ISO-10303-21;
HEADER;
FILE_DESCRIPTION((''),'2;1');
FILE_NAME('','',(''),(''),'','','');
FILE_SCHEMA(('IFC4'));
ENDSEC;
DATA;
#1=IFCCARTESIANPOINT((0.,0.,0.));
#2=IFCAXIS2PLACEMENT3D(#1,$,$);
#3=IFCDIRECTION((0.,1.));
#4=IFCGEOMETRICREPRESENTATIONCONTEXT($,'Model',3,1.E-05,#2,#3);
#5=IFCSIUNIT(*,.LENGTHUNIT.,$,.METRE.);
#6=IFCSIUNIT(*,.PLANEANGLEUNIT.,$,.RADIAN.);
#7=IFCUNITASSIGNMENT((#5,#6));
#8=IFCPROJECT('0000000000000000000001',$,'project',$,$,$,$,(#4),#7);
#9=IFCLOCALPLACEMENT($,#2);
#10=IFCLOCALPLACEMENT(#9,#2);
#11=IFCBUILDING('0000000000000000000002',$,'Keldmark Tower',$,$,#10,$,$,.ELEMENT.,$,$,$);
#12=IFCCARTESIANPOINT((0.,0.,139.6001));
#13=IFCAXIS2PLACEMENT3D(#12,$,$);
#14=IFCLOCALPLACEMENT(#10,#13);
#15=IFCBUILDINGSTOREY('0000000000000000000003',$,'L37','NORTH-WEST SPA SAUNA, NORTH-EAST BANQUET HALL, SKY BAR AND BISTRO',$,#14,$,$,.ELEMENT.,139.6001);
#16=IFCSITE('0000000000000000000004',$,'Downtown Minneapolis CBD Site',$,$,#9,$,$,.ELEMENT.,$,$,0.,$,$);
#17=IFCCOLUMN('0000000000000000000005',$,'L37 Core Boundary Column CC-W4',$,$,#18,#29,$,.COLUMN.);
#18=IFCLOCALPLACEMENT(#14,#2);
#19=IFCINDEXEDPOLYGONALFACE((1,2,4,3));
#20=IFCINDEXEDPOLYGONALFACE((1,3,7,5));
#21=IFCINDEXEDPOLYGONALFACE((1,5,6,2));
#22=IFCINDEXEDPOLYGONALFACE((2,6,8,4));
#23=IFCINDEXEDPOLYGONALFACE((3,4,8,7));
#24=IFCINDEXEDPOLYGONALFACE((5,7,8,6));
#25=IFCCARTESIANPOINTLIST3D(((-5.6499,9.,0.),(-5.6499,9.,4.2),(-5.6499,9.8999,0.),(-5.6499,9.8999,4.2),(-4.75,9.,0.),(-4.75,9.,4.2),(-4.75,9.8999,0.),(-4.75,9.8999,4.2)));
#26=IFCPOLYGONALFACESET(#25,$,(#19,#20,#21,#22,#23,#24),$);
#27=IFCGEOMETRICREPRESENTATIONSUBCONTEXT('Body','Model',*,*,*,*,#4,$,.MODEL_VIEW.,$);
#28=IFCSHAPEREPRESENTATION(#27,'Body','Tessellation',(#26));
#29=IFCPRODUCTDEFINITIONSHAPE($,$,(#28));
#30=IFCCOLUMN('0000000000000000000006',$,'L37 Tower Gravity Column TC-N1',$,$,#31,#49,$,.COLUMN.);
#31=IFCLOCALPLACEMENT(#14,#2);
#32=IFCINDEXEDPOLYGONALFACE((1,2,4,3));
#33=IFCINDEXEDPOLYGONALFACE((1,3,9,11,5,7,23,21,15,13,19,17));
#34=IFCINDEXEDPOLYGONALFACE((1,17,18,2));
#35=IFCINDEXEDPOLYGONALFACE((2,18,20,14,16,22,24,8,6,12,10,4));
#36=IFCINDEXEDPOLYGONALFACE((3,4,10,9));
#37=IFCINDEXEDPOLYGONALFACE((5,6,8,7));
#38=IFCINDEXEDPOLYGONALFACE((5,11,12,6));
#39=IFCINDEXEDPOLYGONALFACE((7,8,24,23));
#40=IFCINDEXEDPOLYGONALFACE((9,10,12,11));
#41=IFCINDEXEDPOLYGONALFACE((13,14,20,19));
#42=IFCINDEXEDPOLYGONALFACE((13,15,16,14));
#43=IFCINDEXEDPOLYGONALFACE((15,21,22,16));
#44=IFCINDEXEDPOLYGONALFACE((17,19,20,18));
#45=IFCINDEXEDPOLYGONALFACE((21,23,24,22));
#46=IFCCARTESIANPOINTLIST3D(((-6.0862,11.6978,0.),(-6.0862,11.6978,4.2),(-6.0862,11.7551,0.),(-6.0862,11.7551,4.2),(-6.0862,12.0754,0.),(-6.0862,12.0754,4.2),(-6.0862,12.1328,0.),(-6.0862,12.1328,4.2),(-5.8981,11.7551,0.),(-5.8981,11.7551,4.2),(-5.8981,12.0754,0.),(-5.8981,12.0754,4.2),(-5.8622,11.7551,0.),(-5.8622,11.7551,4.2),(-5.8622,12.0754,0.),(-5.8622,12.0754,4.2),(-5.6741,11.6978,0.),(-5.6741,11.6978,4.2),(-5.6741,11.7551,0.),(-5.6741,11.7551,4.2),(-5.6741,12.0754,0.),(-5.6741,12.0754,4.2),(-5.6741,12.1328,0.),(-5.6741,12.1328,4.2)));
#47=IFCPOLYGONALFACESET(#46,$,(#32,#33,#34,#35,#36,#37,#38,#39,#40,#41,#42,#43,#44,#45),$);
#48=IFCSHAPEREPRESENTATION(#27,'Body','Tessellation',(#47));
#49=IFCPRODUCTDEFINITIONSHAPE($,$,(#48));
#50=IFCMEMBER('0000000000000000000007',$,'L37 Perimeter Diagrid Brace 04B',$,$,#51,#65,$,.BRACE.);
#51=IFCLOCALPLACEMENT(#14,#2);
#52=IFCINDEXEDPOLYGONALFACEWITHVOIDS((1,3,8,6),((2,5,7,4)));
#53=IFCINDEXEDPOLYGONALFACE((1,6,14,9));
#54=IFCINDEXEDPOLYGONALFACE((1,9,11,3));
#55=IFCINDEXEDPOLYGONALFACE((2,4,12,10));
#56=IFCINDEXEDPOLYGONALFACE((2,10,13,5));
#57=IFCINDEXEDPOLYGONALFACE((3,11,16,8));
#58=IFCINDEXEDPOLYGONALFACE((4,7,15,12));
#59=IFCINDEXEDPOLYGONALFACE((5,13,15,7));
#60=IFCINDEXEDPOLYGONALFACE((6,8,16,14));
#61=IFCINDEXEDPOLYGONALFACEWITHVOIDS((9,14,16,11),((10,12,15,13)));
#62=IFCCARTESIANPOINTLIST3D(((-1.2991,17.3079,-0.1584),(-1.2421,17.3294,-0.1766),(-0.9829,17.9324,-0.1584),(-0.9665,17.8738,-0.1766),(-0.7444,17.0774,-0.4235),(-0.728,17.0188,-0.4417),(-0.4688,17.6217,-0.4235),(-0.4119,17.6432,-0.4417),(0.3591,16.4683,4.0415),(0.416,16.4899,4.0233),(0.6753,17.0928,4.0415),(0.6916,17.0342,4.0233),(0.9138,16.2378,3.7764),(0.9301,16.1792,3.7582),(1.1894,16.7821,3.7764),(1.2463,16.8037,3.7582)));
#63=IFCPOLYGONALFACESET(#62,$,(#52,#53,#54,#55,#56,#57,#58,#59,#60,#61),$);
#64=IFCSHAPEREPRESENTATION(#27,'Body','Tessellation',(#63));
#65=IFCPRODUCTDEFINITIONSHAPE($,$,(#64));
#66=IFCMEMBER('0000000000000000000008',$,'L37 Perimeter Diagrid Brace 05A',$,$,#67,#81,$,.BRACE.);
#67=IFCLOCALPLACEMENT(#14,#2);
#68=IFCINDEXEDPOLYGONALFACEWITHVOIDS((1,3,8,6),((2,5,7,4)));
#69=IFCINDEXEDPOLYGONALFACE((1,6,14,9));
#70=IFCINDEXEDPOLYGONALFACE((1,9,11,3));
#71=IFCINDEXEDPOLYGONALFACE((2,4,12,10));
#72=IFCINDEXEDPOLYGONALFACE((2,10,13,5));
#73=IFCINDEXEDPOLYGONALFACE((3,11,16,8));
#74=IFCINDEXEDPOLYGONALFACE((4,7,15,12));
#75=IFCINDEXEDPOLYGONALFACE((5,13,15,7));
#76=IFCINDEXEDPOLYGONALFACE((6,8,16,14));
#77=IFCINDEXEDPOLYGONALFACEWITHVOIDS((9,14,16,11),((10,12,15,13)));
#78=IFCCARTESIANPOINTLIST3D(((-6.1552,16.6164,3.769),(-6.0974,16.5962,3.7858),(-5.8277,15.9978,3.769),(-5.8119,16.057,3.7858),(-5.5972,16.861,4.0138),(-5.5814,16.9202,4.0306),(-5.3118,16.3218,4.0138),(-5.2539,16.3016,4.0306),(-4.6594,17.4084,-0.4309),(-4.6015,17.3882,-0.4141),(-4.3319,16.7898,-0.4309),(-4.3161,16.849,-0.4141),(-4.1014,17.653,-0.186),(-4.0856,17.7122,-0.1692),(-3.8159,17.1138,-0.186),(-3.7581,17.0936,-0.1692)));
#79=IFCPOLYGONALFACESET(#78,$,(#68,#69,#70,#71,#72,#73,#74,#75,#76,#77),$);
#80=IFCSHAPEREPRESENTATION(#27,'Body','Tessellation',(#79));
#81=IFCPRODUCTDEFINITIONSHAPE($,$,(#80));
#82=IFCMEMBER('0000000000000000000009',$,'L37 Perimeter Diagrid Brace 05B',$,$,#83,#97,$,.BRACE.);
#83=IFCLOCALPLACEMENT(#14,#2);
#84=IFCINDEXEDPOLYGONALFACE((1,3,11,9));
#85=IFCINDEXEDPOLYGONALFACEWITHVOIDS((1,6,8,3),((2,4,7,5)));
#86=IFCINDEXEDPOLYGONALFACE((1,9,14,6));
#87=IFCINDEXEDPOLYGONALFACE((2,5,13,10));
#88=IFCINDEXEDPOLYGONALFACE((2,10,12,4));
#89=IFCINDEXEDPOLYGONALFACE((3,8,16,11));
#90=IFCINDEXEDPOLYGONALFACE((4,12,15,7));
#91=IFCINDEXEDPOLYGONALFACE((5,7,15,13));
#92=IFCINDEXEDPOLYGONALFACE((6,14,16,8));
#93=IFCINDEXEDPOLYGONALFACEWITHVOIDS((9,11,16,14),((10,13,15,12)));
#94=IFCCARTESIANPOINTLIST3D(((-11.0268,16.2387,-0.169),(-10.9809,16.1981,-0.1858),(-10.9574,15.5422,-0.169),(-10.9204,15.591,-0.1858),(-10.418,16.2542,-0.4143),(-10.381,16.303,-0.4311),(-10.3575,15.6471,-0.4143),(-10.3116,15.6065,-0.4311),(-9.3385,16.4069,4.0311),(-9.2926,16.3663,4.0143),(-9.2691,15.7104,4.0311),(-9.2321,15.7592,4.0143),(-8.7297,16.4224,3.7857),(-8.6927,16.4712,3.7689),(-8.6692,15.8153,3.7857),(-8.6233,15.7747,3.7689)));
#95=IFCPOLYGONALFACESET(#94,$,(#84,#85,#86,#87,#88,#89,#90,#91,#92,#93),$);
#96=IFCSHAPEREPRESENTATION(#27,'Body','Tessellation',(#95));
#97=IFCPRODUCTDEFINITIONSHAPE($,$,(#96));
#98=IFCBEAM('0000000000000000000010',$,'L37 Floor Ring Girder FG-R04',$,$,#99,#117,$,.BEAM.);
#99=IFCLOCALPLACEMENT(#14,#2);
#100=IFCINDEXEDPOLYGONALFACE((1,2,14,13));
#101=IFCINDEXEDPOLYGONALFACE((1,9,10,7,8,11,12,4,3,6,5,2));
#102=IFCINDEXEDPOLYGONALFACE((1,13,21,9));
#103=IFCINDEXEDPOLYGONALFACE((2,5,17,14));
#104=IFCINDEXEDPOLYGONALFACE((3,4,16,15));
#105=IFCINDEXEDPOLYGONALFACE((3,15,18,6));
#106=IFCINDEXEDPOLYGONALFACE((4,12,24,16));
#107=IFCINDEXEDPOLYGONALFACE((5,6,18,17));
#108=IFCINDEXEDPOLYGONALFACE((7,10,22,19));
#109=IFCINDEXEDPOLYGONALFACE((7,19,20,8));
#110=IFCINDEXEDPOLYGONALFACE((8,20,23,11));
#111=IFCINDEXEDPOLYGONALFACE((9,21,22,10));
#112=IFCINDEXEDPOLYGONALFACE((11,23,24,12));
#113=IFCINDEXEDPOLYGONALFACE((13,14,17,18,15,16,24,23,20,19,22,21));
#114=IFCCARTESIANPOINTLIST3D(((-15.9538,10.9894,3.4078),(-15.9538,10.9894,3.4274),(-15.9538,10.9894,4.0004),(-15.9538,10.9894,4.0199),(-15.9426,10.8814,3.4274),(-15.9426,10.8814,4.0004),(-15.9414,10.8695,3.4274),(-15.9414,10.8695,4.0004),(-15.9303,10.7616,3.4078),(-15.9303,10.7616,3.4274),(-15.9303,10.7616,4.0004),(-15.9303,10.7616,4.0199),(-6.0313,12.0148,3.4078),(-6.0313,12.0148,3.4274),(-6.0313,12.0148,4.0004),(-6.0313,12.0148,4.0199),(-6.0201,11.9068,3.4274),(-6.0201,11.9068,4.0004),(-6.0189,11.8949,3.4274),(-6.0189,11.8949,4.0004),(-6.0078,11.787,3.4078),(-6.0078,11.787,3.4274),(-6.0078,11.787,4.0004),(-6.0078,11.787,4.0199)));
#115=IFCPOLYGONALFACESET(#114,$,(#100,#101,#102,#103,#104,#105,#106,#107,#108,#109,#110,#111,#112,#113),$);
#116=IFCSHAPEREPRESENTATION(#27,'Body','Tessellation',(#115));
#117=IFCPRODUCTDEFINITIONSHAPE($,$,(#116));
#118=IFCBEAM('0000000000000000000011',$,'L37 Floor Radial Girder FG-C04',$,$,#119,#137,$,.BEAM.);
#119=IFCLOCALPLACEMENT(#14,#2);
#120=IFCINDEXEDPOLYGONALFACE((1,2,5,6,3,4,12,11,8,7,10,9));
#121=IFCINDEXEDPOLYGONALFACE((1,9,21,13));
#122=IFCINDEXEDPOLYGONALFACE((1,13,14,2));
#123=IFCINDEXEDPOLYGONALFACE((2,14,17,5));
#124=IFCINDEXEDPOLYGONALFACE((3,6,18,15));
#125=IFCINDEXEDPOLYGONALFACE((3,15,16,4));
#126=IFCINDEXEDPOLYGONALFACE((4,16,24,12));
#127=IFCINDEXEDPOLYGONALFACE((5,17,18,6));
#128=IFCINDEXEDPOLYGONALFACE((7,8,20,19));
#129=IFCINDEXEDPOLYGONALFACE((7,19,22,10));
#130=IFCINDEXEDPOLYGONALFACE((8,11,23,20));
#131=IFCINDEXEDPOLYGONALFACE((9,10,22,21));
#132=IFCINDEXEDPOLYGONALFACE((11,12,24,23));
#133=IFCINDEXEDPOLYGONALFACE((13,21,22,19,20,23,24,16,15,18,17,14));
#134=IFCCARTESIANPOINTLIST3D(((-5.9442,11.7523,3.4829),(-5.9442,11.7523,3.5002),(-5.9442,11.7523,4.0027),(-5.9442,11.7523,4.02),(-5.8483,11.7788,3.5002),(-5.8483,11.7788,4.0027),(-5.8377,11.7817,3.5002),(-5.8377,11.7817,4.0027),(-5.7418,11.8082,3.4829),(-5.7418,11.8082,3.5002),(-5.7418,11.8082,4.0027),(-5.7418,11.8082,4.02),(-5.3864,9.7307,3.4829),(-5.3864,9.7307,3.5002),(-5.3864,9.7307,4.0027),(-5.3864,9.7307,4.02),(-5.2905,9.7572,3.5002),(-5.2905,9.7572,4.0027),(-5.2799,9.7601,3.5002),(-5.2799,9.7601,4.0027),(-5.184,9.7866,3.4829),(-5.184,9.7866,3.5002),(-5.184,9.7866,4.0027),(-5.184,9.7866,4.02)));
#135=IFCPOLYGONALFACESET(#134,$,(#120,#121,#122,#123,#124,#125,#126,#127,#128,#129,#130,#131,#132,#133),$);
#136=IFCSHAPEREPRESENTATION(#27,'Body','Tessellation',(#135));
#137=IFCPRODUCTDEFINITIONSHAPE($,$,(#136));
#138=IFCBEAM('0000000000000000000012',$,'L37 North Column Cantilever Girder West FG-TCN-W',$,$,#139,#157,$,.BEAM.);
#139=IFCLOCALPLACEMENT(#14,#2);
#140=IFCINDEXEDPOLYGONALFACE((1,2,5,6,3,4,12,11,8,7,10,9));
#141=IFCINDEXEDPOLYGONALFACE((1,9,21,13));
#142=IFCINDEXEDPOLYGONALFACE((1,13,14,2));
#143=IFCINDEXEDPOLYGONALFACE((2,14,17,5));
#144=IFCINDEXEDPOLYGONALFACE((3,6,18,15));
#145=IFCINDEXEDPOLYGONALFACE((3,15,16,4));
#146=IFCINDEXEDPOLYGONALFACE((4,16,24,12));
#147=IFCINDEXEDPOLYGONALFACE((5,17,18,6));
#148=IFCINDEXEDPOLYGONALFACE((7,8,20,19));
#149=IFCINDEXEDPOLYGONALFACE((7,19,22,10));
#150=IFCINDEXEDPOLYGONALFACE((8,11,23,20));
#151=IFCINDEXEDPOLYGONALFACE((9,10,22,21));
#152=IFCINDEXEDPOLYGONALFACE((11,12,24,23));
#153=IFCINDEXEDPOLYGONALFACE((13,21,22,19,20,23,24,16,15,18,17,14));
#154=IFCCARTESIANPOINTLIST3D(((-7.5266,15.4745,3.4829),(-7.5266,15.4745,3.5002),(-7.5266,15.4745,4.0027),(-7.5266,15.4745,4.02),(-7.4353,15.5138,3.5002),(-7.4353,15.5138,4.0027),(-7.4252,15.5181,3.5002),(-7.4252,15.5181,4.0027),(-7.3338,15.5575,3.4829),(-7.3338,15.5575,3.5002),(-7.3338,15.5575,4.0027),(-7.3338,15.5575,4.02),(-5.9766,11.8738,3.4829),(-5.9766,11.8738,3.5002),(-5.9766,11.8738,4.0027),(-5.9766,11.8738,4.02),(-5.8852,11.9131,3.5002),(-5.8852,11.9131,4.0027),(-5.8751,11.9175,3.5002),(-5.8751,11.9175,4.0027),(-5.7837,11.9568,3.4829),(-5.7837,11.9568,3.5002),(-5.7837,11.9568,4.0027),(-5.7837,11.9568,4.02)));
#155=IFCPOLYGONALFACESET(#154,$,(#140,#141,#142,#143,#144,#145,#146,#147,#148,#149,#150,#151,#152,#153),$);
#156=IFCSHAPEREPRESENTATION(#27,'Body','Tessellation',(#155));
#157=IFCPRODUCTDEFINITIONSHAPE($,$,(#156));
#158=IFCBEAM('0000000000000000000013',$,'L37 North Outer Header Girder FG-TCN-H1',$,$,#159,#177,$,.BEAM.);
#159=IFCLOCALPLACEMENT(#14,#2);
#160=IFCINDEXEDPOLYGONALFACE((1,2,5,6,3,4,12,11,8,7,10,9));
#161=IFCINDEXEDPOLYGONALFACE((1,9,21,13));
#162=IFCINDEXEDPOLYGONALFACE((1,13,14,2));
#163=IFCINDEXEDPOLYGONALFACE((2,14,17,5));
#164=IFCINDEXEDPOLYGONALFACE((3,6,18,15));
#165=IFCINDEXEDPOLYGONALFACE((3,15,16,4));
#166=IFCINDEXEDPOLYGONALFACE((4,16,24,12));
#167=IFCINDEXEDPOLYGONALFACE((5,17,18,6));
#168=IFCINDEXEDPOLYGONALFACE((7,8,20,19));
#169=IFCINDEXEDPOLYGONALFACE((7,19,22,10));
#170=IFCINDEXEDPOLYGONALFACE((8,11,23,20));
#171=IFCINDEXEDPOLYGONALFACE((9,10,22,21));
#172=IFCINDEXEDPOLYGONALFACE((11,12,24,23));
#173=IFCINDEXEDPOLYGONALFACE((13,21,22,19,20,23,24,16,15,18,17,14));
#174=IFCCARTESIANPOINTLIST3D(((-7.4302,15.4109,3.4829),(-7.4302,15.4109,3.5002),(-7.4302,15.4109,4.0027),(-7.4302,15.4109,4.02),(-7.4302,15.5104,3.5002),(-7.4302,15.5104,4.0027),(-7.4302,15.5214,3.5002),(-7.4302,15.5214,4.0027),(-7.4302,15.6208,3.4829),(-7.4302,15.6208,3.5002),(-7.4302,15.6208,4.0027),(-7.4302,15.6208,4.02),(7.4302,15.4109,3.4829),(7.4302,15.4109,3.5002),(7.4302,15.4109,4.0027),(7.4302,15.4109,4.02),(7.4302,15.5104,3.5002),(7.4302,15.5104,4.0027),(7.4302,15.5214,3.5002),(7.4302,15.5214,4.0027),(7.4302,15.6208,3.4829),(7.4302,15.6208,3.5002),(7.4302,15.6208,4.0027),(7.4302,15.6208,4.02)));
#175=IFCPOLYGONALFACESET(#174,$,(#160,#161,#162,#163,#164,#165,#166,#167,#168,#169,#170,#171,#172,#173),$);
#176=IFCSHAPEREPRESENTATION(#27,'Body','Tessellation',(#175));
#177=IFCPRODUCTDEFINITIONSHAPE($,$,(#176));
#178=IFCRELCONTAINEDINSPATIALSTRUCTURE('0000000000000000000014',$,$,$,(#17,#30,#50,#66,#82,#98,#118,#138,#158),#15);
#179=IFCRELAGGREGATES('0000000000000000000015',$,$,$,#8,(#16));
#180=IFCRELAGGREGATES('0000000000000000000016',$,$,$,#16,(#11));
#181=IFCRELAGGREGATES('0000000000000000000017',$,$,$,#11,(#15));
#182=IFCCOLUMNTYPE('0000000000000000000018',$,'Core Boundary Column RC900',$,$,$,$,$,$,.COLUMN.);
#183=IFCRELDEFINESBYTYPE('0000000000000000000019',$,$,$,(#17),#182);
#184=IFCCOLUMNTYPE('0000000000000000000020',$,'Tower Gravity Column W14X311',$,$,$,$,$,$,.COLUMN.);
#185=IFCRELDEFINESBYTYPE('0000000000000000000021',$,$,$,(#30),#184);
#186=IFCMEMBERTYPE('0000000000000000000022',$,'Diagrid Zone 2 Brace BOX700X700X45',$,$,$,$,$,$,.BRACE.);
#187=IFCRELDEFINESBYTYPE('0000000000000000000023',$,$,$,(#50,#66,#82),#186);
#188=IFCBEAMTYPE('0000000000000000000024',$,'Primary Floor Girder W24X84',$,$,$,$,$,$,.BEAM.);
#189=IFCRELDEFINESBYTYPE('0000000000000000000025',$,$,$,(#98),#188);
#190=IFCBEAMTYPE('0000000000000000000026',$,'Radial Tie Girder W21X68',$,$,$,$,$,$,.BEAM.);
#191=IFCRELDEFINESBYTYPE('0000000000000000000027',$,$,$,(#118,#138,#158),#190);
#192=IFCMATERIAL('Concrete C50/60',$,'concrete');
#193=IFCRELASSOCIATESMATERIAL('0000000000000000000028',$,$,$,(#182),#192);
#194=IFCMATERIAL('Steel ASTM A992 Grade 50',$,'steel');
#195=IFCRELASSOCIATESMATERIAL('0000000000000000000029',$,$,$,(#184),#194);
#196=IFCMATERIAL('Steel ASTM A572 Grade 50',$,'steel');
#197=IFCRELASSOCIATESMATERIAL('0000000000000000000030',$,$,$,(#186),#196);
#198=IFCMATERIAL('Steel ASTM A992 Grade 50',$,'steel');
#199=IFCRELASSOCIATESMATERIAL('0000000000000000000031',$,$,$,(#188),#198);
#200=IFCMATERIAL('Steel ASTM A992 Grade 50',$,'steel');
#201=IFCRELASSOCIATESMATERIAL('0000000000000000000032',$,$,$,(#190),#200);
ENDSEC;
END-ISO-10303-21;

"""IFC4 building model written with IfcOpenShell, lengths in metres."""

from ifc_helpers import new_model, si_unit, direction, frame, origin, origin_2d, place, context, subcontext, project, spatial, rectangle, hollow_rectangle, i_section, extrude, material, material_profile, profile_set, type_object, element, save


model = new_model("IFC4")

# Units and contexts
model_context = context("Model", 3, precision=1e-05, world=origin(), true_north=direction((0.0, 1.0)))
body_context = subcontext(model_context, "Body", "Model", "MODEL_VIEW")
ifc_project = project(units=[si_unit("LENGTHUNIT", "METRE"), si_unit("PLANEANGLEUNIT", "RADIAN")], contexts=[model_context])

# Site, building, storey
site_placement = place(None, origin())
site = spatial("IfcSite", under=ifc_project, at=site_placement, Name="Downtown Minneapolis CBD Site", CompositionType="ELEMENT", RefElevation=0.0)
building_placement = place(site_placement, origin())
building = spatial("IfcBuilding", under=site, at=building_placement, Name="Keldmark Tower", CompositionType="ELEMENT")
storey_placement = place(building_placement, frame((0.0, 0.0, 139.6001)))
storey = spatial("IfcBuildingStorey", under=building, at=storey_placement, Name="L37", Description="NORTH-WEST SPA SAUNA, NORTH-EAST BANQUET HALL, SKY BAR AND BISTRO", CompositionType="ELEMENT", Elevation=139.6001)

# Columns
ifc_material_1 = material(Name="Concrete C50/60", Category="concrete")
ifc_material_profile_1 = material_profile(ifc_material_1, rectangle(XDim=0.8999, YDim=0.8999, at=origin_2d()), Name="RC900X900")
ifc_profile_set_1 = profile_set([ifc_material_profile_1], Name="Concrete C50/60")
column_type_1 = type_object("IfcColumnType", Name="Core Boundary Column RC900", PredefinedType="COLUMN", material=ifc_profile_set_1)
column_1_placement = place(storey_placement, frame((-5.2, 9.45, 0.0), z_axis=(0.0, 0.0, 1.0), x_axis=(1.0, 0.0, 0.0)))
element("IfcColumn", 1, at=column_1_placement, inside=storey, type_object=column_type_1, Name="L37 Core Boundary Column CC-W4", PredefinedType="COLUMN", context=body_context, shape_type="SweptSolid", body=[
    extrude(rectangle(XDim=0.8999, YDim=0.8999, at=origin_2d()), origin(), (0.0, 0.0, 1.0), 4.2),
])
ifc_material_2 = material(Name="Steel ASTM A992 Grade 50", Category="steel")
ifc_material_profile_2 = material_profile(ifc_material_2, i_section(OverallWidth=0.4121, OverallDepth=0.4351, WebThickness=0.0359, FlangeThickness=0.0574, at=origin_2d()), Name="W14X311")
ifc_profile_set_2 = profile_set([ifc_material_profile_2], Name="Steel ASTM A992 Grade 50")
column_type_2 = type_object("IfcColumnType", Name="Tower Gravity Column W14X311", PredefinedType="COLUMN", material=ifc_profile_set_2)
column_2_placement = place(storey_placement, frame((-5.8801, 11.9153, 0.0), z_axis=(0.0, 0.0, 1.0), x_axis=(1.0, 0.0, 0.0)))
element("IfcColumn", 2, at=column_2_placement, inside=storey, type_object=column_type_2, Name="L37 Tower Gravity Column TC-N1", PredefinedType="COLUMN", context=body_context, shape_type="SweptSolid", body=[
    extrude(i_section(OverallWidth=0.4121, OverallDepth=0.4351, WebThickness=0.0359, FlangeThickness=0.0574, at=origin_2d()), origin(), (0.0, 0.0, 1.0), 4.2),
])

# Members
ifc_material_3 = material(Name="Steel ASTM A572 Grade 50", Category="steel")
ifc_material_profile_3 = material_profile(ifc_material_3, hollow_rectangle(XDim=0.7, YDim=0.7, WallThickness=0.0449, at=origin_2d()), Name="BOX700X700X45")
ifc_profile_set_3 = profile_set([ifc_material_profile_3], Name="Steel ASTM A572 Grade 50")
member_type = type_object("IfcMemberType", Name="Diagrid Zone 2 Brace BOX700X700X45", PredefinedType="BRACE", material=ifc_profile_set_3)
member_1_placement = place(storey_placement, frame((-0.8555, 17.4756, -0.3), z_axis=(0.361041, -0.182806, 0.914457), x_axis=(0.451726, 0.892156, 0.0)))
element("IfcMember", 3, at=member_1_placement, inside=storey, type_object=member_type, Name="L37 Perimeter Diagrid Brace 04B", PredefinedType="BRACE", context=body_context, shape_type="SweptSolid", body=[
    extrude(hollow_rectangle(XDim=0.7, YDim=0.7, WallThickness=0.0449, at=origin_2d()), origin(), (0.0, 0.0, 1.0), 4.5928),
])
member_2_placement = place(storey_placement, frame((-4.2087, 17.251, -0.3), z_axis=(-0.330342, -0.174903, 0.927514), x_axis=(0.467921, -0.88377, 0.0)))
element("IfcMember", 4, at=member_2_placement, inside=storey, type_object=member_type, Name="L37 Perimeter Diagrid Brace 05A", PredefinedType="BRACE", context=body_context, shape_type="SweptSolid", body=[
    extrude(hollow_rectangle(XDim=0.7, YDim=0.7, WallThickness=0.0449, at=origin_2d()), origin(), (0.0, 0.0, 1.0), 4.5281),
])
member_3_placement = place(storey_placement, frame((-10.6692, 15.9226, -0.3), z_axis=(0.372704, 0.037136, 0.927207), x_axis=(-0.099148, 0.995073, 0.0)))
element("IfcMember", 5, at=member_3_placement, inside=storey, type_object=member_type, Name="L37 Perimeter Diagrid Brace 05B", PredefinedType="BRACE", context=body_context, shape_type="SweptSolid", body=[
    extrude(hollow_rectangle(XDim=0.7, YDim=0.7, WallThickness=0.0449, at=origin_2d()), origin(), (0.0, 0.0, 1.0), 4.5298),
])

# Beams
ifc_material_4 = material(Name="Steel ASTM A992 Grade 50", Category="steel")
ifc_material_profile_4 = material_profile(ifc_material_4, i_section(OverallWidth=0.229, OverallDepth=0.6121, WebThickness=0.012, FlangeThickness=0.0195, at=origin_2d()), Name="W24X84")
ifc_profile_set_4 = profile_set([ifc_material_profile_4], Name="Steel ASTM A992 Grade 50")
beam_type_1 = type_object("IfcBeamType", Name="Primary Floor Girder W24X84", PredefinedType="BEAM", material=ifc_profile_set_4)
beam_1_placement = place(storey_placement, frame((-6.0195, 11.9009, 3.7139), z_axis=(-0.994703, -0.102791, 0.0), x_axis=(0.102791, -0.994703, 0.0)))
element("IfcBeam", 6, at=beam_1_placement, inside=storey, type_object=beam_type_1, Name="L37 Floor Ring Girder FG-R04", PredefinedType="BEAM", context=body_context, shape_type="SweptSolid", body=[
    extrude(i_section(OverallWidth=0.229, OverallDepth=0.6121, WebThickness=0.012, FlangeThickness=0.0195, at=origin_2d()), origin(), (0.0, 0.0, 1.0), 9.9753),
])
ifc_material_5 = material(Name="Steel ASTM A992 Grade 50", Category="steel")
ifc_material_profile_5 = material_profile(ifc_material_5, i_section(OverallWidth=0.21, OverallDepth=0.5371, WebThickness=0.011, FlangeThickness=0.0173, at=origin_2d()), Name="W21X68")
ifc_profile_set_5 = profile_set([ifc_material_profile_5], Name="Steel ASTM A992 Grade 50")
beam_type_2 = type_object("IfcBeamType", Name="Radial Tie Girder W21X68", PredefinedType="BEAM", material=ifc_profile_set_5)
beam_2_placement = place(storey_placement, frame((-5.843, 11.7803, 3.7515), z_axis=(0.265992, -0.963975, 0.0), x_axis=(0.963975, 0.265992, 0.0)))
element("IfcBeam", 7, at=beam_2_placement, inside=storey, type_object=beam_type_2, Name="L37 Floor Radial Girder FG-C04", PredefinedType="BEAM", context=body_context, shape_type="SweptSolid", body=[
    extrude(i_section(OverallWidth=0.21, OverallDepth=0.5371, WebThickness=0.011, FlangeThickness=0.0173, at=origin_2d()), origin(), (0.0, 0.0, 1.0), 2.0972),
])
beam_3_placement = place(storey_placement, frame((-5.8801, 11.9153, 3.7515), z_axis=(-0.395415, 0.918503, 0.0), x_axis=(-0.918503, -0.395415, 0.0)))
element("IfcBeam", 8, at=beam_3_placement, inside=storey, type_object=beam_type_2, Name="L37 North Column Cantilever Girder West FG-TCN-W", PredefinedType="BEAM", context=body_context, shape_type="SweptSolid", body=[
    extrude(i_section(OverallWidth=0.21, OverallDepth=0.5371, WebThickness=0.011, FlangeThickness=0.0173, at=origin_2d()), origin(), (0.0, 0.0, 1.0), 3.9202),
])
beam_4_placement = place(storey_placement, frame((-7.4302, 15.5159, 3.7515), z_axis=(1.0, 0.0, 0.0), x_axis=(0.0, 1.0, 0.0)))
element("IfcBeam", 9, at=beam_4_placement, inside=storey, type_object=beam_type_2, Name="L37 North Outer Header Girder FG-TCN-H1", PredefinedType="BEAM", context=body_context, shape_type="SweptSolid", body=[
    extrude(i_section(OverallWidth=0.21, OverallDepth=0.5371, WebThickness=0.011, FlangeThickness=0.0173, at=origin_2d()), origin(), (0.0, 0.0, 1.0), 14.8604),
])

save(model, "model.ifc")
